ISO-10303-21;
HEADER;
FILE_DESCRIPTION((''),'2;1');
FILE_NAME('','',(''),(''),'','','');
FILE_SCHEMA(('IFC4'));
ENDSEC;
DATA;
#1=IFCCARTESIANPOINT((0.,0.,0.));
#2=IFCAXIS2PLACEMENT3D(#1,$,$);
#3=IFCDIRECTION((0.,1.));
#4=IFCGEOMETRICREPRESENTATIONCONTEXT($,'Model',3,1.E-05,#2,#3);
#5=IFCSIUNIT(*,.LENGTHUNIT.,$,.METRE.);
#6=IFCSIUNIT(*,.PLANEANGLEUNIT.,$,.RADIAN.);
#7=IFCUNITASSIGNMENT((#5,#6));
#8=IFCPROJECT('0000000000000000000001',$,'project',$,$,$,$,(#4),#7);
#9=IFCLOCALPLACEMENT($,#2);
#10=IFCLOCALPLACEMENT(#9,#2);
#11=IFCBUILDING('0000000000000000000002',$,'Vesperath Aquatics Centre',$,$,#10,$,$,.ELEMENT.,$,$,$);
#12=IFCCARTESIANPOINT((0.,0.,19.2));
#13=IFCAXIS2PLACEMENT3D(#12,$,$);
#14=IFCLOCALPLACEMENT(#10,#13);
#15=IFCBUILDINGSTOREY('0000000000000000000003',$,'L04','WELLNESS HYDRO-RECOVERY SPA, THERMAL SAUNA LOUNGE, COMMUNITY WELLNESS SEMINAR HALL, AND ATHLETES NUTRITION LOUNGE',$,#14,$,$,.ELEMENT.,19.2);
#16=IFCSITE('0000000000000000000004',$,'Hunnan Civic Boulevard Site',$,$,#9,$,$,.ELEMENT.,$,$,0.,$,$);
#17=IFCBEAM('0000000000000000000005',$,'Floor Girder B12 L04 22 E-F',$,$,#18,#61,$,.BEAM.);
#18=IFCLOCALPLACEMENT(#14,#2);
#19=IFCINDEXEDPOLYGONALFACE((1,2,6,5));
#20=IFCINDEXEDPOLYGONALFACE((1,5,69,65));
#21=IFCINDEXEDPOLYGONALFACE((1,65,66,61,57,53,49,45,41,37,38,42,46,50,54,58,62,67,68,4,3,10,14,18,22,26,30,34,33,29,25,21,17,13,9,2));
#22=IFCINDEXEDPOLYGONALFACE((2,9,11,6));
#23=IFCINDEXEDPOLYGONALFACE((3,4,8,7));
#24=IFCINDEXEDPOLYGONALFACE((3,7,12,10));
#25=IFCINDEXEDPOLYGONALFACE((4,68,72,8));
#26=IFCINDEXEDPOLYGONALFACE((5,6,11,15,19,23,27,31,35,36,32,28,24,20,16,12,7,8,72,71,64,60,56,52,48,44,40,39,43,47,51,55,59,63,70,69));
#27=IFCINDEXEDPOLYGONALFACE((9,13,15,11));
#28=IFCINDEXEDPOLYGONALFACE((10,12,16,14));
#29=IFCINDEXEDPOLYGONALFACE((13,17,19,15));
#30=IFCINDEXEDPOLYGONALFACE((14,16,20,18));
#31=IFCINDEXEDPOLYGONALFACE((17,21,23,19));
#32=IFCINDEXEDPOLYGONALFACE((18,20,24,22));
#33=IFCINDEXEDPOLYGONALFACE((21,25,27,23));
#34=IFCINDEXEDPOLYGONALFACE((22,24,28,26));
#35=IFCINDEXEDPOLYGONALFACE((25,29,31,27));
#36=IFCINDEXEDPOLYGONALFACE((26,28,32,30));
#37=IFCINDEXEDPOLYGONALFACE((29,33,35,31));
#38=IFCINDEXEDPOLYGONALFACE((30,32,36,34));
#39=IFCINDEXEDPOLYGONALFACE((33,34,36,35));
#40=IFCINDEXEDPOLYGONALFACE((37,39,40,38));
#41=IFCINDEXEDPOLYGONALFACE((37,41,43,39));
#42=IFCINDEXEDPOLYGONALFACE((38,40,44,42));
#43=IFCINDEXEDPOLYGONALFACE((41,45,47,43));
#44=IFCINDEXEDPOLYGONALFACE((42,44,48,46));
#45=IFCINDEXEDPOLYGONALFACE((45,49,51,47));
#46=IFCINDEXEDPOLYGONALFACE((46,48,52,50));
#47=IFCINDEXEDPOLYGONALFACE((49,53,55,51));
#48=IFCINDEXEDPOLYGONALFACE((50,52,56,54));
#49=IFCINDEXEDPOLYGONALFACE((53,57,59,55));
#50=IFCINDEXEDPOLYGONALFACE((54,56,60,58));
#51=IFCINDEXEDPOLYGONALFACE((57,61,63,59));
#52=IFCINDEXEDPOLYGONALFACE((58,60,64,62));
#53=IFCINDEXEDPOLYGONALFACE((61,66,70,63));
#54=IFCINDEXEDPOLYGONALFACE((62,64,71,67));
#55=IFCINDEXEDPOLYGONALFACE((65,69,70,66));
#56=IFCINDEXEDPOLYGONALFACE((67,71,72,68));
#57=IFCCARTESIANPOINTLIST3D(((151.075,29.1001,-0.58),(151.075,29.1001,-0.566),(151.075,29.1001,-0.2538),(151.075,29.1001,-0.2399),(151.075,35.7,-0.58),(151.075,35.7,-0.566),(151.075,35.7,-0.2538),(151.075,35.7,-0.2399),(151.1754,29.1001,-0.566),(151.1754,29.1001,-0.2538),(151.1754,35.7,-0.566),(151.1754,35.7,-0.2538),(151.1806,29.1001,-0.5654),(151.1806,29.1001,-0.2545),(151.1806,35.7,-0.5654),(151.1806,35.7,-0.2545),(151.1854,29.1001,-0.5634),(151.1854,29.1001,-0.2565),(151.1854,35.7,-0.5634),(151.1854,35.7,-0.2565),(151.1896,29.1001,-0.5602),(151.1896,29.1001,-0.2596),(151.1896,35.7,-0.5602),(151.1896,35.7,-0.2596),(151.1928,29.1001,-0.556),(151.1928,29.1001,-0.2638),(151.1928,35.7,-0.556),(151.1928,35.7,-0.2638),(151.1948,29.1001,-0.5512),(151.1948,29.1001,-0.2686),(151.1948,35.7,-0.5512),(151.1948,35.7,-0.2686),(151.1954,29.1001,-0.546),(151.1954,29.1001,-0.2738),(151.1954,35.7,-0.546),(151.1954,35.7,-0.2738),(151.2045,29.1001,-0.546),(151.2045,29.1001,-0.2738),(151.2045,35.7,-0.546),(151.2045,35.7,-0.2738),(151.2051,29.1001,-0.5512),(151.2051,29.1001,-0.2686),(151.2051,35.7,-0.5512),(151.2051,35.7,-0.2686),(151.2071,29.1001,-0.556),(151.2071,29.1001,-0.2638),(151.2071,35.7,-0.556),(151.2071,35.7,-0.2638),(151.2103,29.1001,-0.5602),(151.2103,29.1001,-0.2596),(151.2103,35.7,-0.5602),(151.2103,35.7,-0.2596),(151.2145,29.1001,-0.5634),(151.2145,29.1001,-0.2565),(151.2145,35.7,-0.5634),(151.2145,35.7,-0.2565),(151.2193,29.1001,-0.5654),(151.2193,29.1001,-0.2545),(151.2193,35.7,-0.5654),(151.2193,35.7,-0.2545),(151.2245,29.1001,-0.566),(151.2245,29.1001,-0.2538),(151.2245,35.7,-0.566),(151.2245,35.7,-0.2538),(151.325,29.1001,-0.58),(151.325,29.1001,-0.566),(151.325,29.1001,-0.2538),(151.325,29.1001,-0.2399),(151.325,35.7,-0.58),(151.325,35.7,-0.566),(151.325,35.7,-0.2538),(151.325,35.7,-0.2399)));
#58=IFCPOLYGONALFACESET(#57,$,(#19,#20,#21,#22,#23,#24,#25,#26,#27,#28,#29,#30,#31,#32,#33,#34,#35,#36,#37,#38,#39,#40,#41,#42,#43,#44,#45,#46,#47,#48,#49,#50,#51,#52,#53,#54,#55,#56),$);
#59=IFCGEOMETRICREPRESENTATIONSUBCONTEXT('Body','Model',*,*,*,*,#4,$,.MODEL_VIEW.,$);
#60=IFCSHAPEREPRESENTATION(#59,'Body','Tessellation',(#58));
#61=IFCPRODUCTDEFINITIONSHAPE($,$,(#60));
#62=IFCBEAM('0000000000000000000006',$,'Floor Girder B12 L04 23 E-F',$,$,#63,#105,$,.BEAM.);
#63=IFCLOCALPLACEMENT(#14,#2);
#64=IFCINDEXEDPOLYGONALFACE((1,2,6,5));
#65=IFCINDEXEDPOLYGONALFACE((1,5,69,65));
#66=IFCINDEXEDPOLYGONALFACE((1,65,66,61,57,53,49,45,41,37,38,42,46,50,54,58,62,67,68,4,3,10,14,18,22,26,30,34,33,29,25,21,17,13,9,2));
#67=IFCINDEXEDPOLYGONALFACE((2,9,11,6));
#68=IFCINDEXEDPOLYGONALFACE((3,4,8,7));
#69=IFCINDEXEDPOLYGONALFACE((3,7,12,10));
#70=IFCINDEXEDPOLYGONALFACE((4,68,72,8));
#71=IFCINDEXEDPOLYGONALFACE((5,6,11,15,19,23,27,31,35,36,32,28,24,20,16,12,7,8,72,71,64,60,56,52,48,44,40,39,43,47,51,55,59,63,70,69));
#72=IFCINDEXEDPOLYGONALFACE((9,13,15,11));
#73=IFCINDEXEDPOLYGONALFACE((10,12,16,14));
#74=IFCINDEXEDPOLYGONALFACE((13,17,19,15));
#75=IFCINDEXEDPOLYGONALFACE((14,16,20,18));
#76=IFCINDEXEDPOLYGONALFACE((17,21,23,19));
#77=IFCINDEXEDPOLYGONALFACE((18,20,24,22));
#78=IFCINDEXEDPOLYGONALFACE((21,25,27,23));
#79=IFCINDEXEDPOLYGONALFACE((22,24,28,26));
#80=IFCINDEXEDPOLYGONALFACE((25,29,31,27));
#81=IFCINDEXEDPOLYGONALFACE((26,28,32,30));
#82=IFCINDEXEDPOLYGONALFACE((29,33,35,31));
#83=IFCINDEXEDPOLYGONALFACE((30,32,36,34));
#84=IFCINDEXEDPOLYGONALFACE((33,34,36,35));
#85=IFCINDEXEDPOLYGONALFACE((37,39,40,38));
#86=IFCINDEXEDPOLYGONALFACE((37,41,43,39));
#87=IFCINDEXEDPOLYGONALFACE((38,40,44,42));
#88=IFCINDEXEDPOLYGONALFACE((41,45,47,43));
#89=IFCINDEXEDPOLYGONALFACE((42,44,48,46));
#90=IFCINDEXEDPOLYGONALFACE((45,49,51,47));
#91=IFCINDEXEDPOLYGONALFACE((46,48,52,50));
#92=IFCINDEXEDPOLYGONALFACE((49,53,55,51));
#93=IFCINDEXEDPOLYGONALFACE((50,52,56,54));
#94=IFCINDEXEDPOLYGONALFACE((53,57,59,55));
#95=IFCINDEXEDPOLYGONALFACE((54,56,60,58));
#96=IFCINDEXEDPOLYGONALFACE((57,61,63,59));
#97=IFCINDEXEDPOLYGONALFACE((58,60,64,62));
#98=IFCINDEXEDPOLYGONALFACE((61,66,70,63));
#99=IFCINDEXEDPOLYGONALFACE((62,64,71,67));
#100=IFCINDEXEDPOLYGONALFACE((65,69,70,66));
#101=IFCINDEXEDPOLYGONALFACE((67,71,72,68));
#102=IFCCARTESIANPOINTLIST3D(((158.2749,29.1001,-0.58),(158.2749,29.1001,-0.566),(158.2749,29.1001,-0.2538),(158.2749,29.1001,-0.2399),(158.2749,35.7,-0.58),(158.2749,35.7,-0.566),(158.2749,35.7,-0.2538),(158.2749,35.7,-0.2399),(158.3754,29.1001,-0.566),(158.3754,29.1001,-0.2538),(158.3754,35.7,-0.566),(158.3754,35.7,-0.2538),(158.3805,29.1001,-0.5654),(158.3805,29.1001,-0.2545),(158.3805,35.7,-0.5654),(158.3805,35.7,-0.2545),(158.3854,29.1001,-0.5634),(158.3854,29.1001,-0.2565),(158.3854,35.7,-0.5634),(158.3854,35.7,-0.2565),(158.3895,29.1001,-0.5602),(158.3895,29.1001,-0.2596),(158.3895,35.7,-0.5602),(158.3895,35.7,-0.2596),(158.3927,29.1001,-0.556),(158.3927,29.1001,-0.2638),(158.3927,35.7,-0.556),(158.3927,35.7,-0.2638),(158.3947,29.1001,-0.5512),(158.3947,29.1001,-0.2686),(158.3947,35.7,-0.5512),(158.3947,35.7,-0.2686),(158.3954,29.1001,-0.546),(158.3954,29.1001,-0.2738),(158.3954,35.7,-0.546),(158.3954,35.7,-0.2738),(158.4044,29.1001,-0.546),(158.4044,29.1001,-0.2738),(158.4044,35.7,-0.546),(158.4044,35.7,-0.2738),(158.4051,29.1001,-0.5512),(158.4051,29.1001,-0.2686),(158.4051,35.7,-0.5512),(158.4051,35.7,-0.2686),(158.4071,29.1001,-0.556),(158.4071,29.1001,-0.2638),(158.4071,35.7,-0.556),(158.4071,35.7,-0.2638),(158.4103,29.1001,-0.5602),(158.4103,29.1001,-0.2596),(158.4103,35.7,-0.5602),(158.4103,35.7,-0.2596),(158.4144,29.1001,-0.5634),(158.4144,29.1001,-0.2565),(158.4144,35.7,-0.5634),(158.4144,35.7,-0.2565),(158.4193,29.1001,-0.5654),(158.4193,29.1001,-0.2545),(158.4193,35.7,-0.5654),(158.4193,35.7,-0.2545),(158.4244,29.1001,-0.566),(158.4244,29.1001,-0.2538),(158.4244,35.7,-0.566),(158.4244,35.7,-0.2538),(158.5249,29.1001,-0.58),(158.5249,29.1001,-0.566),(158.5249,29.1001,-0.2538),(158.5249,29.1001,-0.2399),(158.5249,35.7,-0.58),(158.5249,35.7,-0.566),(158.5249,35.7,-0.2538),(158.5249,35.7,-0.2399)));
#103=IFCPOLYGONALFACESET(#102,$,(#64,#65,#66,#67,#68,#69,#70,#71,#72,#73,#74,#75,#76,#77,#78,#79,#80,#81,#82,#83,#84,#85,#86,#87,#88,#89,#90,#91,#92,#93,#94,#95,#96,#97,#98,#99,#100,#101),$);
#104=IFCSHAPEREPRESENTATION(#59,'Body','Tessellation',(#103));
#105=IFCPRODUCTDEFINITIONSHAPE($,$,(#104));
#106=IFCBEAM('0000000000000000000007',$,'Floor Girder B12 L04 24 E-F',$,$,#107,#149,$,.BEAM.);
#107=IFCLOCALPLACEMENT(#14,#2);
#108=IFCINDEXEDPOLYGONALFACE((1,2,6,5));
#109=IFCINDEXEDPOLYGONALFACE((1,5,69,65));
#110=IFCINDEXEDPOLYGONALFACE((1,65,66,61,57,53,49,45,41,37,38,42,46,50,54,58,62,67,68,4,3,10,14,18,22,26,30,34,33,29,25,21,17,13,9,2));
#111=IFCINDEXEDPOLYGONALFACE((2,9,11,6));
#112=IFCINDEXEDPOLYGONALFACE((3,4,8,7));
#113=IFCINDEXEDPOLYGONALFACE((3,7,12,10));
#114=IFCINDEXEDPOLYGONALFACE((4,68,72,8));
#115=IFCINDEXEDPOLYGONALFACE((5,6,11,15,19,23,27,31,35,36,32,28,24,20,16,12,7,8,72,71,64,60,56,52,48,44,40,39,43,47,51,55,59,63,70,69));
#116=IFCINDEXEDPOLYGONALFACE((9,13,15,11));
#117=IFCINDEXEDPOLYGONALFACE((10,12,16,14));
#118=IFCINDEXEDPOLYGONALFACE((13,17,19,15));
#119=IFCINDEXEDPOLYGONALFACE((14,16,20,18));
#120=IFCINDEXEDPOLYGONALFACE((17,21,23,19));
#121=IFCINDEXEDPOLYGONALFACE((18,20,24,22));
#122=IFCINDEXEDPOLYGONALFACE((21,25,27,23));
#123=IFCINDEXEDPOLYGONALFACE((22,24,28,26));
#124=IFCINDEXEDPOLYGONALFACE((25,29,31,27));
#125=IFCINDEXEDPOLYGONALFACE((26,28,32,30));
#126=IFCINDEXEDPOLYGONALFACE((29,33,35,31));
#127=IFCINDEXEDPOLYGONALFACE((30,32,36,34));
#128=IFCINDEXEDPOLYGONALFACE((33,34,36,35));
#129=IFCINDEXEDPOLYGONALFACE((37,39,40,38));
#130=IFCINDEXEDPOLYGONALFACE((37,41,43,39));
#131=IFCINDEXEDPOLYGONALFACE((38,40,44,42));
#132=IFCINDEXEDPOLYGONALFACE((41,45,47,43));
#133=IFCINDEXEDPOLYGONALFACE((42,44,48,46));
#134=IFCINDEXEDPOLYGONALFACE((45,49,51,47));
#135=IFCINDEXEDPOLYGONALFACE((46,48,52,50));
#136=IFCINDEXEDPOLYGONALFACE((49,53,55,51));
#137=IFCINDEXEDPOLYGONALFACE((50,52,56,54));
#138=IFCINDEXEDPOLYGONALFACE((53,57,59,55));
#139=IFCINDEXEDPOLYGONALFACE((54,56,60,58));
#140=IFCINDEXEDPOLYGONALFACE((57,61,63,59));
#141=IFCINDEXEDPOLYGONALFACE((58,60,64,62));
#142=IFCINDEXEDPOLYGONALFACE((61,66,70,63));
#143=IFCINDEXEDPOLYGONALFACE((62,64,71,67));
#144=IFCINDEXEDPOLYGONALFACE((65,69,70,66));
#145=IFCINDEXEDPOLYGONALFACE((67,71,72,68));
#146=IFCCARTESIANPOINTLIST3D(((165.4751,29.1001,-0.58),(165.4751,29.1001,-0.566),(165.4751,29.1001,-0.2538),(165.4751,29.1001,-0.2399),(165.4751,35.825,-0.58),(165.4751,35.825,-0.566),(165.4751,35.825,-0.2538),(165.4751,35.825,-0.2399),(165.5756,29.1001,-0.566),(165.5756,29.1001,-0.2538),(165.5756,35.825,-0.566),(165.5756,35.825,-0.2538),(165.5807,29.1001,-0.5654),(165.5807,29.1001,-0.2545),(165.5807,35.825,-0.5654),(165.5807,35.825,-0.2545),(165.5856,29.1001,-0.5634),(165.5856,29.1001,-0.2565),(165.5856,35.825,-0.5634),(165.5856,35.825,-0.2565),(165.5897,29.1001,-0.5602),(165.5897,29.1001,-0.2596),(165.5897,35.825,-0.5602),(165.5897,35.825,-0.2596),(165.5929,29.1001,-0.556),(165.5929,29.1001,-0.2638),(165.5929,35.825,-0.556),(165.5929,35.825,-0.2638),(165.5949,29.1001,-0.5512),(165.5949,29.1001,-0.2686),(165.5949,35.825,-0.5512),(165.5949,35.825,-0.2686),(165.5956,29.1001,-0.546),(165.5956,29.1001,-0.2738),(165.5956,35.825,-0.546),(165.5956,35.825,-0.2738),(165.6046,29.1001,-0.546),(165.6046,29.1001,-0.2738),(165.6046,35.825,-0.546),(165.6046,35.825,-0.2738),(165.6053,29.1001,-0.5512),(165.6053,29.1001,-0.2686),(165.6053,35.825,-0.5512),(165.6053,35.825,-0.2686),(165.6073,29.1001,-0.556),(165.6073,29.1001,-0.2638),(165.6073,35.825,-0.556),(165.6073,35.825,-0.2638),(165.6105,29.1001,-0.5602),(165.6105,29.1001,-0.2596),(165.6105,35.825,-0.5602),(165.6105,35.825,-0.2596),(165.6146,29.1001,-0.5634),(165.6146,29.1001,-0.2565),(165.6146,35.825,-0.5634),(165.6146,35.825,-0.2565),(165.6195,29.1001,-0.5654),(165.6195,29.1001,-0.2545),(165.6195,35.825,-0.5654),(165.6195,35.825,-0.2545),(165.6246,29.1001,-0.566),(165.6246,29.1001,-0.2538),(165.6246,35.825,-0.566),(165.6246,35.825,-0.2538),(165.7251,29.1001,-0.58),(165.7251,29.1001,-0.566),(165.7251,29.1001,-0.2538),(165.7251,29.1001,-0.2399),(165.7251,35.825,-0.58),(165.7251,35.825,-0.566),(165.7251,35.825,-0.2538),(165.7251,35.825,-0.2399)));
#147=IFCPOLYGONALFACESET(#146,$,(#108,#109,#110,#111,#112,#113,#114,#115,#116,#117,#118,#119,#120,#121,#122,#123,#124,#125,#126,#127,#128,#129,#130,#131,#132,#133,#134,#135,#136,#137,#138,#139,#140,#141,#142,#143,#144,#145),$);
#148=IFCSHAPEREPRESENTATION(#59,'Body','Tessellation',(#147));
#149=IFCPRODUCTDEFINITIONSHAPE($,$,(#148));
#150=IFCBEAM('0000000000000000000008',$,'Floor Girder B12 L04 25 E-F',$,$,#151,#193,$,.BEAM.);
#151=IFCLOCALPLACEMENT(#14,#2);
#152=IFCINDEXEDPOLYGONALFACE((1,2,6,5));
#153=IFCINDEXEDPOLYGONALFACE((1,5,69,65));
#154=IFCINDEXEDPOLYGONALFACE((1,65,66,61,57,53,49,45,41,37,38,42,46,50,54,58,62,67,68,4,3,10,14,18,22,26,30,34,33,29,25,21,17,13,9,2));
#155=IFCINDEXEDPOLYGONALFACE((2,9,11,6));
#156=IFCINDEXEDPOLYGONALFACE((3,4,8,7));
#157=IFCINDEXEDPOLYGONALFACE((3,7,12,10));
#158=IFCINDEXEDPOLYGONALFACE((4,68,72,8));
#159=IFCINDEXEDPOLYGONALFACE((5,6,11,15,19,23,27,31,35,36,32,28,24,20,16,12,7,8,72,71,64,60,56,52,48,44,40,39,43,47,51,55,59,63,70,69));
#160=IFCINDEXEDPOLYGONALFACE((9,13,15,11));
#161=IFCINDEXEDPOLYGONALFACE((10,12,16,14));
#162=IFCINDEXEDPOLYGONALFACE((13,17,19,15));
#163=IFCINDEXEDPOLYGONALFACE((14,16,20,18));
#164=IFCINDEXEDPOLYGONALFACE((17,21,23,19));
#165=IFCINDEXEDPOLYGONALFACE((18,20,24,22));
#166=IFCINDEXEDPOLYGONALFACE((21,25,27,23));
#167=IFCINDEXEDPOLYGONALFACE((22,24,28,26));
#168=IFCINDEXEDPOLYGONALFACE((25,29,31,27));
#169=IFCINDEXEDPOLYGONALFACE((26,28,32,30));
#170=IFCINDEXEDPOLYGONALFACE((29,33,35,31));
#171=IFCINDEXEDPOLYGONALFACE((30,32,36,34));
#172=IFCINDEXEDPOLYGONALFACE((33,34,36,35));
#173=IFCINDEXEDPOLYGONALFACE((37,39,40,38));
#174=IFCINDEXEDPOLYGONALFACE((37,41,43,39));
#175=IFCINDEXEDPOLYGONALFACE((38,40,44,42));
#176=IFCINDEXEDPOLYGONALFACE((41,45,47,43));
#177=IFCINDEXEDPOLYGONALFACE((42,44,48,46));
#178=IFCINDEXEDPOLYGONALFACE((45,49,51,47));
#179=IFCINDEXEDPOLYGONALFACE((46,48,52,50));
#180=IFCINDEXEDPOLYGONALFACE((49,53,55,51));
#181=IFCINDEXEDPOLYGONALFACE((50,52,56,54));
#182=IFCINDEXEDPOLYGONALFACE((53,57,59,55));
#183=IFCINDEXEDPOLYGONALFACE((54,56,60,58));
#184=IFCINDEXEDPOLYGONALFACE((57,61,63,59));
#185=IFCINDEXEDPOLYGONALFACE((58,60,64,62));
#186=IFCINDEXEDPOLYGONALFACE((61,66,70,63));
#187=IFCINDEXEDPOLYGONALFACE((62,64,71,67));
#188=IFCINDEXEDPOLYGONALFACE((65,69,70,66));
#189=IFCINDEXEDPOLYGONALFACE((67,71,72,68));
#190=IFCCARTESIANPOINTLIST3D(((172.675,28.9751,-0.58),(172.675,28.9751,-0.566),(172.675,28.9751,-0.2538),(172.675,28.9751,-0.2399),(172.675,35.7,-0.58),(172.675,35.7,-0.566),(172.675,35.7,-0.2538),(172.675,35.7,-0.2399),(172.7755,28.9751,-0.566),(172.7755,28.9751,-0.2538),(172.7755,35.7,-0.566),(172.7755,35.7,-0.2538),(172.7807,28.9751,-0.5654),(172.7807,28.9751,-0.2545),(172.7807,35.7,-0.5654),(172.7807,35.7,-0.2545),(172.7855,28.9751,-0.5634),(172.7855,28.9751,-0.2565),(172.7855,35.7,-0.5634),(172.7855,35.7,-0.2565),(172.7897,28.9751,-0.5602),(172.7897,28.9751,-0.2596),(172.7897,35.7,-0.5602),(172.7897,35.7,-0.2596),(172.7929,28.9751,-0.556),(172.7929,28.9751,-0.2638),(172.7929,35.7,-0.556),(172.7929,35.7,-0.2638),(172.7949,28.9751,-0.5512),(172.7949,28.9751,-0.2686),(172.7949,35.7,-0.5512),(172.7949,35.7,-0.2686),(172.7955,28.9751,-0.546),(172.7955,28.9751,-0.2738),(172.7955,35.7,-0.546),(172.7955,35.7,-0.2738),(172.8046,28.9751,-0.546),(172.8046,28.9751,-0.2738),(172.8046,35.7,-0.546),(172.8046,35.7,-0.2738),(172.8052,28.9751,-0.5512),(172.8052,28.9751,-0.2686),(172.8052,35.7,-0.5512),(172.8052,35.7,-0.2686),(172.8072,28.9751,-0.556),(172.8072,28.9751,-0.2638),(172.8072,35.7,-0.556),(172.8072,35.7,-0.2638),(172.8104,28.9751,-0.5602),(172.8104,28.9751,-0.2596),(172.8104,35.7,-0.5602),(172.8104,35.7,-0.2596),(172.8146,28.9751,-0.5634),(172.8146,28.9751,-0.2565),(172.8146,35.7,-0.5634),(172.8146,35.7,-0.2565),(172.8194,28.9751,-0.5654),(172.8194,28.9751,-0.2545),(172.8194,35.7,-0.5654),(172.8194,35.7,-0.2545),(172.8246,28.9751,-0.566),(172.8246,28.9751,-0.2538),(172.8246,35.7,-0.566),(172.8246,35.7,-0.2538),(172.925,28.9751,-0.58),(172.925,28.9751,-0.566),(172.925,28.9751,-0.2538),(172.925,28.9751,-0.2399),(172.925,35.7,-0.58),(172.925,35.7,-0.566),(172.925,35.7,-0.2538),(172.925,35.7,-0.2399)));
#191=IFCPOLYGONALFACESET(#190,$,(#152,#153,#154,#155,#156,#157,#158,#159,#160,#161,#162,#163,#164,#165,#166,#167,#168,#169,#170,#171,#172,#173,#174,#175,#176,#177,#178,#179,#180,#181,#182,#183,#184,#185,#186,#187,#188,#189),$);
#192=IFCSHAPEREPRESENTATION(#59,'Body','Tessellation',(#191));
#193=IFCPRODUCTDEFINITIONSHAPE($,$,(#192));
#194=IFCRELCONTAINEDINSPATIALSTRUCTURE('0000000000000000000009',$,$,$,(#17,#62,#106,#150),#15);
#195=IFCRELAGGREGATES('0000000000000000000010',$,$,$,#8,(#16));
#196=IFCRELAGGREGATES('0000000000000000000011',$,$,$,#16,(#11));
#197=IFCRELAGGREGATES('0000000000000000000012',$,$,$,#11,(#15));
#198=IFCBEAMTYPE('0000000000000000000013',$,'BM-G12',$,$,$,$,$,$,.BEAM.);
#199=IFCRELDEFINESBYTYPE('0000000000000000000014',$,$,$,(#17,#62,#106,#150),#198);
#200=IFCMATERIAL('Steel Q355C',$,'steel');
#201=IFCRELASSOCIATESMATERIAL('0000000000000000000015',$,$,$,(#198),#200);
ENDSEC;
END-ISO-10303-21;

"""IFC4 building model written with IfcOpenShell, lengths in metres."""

from ifc_helpers import new_model, si_unit, direction, frame, origin, origin_2d, place, context, subcontext, project, spatial, i_section, extrude, material, material_profile, profile_set, type_object, element, save


model = new_model("IFC4")

# Units and contexts
model_context = context("Model", 3, precision=1e-05, world=origin(), true_north=direction((0.0, 1.0)))
body_context = subcontext(model_context, "Body", "Model", "MODEL_VIEW")
ifc_project = project(units=[si_unit("LENGTHUNIT", "METRE"), si_unit("PLANEANGLEUNIT", "RADIAN")], contexts=[model_context])

# Site, building, storey
site_placement = place(None, origin())
site = spatial("IfcSite", under=ifc_project, at=site_placement, Name="Hunnan Civic Boulevard Site", CompositionType="ELEMENT", RefElevation=0.0)
building_placement = place(site_placement, origin())
building = spatial("IfcBuilding", under=site, at=building_placement, Name="Vesperath Aquatics Centre", CompositionType="ELEMENT")
storey_placement = place(building_placement, frame((0.0, 0.0, 19.2)))
storey = spatial("IfcBuildingStorey", under=building, at=storey_placement, Name="L04", Description="WELLNESS HYDRO-RECOVERY SPA, THERMAL SAUNA LOUNGE, COMMUNITY WELLNESS SEMINAR HALL, AND ATHLETES NUTRITION LOUNGE", CompositionType="ELEMENT", Elevation=19.2)

# Shared definitions
ifc_material_1 = material(Name="Steel Q355C", Category="steel")

# Beams
ifc_material_profile_1 = material_profile(ifc_material_1, i_section(OverallWidth=0.25, OverallDepth=0.3401, WebThickness=0.009, FlangeThickness=0.0139, FilletRadius=0.02, at=origin_2d()), Name="HM 340x250x9x14")
ifc_profile_set_1 = profile_set([ifc_material_profile_1], Name="Steel Q355C")
beam_type_1 = type_object("IfcBeamType", Name="BM-G12", PredefinedType="BEAM", material=ifc_profile_set_1)
for number, where, z_axis, x_axis, name in (
    (1, (151.2, 29.1001, -0.4099), (0.0, 1.0, 0.0), (-1.0, 0.0, 0.0), "Floor Girder B12 L04 22 E-F"),
    (2, (158.3999, 29.1001, -0.4099), (0.0, 1.0, 0.0), (-1.0, 0.0, 0.0), "Floor Girder B12 L04 23 E-F"),
):
    element("IfcBeam", number, at=place(storey_placement, frame(where, z_axis=z_axis, x_axis=x_axis)), inside=storey, type_object=beam_type_1, Name=name, PredefinedType="BEAM", context=body_context, shape_type="SweptSolid", body=[
        extrude(i_section(OverallWidth=0.25, OverallDepth=0.3401, WebThickness=0.009, FlangeThickness=0.0139, FilletRadius=0.02, at=origin_2d()), origin(), (0.0, 0.0, 1.0), 6.5999),
    ])
for number, where, z_axis, x_axis, name in (
    (3, (165.6001, 29.1001, -0.4099), (0.0, 1.0, 0.0), (-1.0, 0.0, 0.0), "Floor Girder B12 L04 24 E-F"),
    (4, (172.8, 28.9751, -0.4099), (0.0, 1.0, 0.0), (-1.0, 0.0, 0.0), "Floor Girder B12 L04 25 E-F"),
):
    element("IfcBeam", number, at=place(storey_placement, frame(where, z_axis=z_axis, x_axis=x_axis)), inside=storey, type_object=beam_type_1, Name=name, PredefinedType="BEAM", context=body_context, shape_type="SweptSolid", body=[
        extrude(i_section(OverallWidth=0.25, OverallDepth=0.3401, WebThickness=0.009, FlangeThickness=0.0139, FilletRadius=0.02, at=origin_2d()), origin(), (0.0, 0.0, 1.0), 6.7249),
    ])

save(model, "model.ifc")
